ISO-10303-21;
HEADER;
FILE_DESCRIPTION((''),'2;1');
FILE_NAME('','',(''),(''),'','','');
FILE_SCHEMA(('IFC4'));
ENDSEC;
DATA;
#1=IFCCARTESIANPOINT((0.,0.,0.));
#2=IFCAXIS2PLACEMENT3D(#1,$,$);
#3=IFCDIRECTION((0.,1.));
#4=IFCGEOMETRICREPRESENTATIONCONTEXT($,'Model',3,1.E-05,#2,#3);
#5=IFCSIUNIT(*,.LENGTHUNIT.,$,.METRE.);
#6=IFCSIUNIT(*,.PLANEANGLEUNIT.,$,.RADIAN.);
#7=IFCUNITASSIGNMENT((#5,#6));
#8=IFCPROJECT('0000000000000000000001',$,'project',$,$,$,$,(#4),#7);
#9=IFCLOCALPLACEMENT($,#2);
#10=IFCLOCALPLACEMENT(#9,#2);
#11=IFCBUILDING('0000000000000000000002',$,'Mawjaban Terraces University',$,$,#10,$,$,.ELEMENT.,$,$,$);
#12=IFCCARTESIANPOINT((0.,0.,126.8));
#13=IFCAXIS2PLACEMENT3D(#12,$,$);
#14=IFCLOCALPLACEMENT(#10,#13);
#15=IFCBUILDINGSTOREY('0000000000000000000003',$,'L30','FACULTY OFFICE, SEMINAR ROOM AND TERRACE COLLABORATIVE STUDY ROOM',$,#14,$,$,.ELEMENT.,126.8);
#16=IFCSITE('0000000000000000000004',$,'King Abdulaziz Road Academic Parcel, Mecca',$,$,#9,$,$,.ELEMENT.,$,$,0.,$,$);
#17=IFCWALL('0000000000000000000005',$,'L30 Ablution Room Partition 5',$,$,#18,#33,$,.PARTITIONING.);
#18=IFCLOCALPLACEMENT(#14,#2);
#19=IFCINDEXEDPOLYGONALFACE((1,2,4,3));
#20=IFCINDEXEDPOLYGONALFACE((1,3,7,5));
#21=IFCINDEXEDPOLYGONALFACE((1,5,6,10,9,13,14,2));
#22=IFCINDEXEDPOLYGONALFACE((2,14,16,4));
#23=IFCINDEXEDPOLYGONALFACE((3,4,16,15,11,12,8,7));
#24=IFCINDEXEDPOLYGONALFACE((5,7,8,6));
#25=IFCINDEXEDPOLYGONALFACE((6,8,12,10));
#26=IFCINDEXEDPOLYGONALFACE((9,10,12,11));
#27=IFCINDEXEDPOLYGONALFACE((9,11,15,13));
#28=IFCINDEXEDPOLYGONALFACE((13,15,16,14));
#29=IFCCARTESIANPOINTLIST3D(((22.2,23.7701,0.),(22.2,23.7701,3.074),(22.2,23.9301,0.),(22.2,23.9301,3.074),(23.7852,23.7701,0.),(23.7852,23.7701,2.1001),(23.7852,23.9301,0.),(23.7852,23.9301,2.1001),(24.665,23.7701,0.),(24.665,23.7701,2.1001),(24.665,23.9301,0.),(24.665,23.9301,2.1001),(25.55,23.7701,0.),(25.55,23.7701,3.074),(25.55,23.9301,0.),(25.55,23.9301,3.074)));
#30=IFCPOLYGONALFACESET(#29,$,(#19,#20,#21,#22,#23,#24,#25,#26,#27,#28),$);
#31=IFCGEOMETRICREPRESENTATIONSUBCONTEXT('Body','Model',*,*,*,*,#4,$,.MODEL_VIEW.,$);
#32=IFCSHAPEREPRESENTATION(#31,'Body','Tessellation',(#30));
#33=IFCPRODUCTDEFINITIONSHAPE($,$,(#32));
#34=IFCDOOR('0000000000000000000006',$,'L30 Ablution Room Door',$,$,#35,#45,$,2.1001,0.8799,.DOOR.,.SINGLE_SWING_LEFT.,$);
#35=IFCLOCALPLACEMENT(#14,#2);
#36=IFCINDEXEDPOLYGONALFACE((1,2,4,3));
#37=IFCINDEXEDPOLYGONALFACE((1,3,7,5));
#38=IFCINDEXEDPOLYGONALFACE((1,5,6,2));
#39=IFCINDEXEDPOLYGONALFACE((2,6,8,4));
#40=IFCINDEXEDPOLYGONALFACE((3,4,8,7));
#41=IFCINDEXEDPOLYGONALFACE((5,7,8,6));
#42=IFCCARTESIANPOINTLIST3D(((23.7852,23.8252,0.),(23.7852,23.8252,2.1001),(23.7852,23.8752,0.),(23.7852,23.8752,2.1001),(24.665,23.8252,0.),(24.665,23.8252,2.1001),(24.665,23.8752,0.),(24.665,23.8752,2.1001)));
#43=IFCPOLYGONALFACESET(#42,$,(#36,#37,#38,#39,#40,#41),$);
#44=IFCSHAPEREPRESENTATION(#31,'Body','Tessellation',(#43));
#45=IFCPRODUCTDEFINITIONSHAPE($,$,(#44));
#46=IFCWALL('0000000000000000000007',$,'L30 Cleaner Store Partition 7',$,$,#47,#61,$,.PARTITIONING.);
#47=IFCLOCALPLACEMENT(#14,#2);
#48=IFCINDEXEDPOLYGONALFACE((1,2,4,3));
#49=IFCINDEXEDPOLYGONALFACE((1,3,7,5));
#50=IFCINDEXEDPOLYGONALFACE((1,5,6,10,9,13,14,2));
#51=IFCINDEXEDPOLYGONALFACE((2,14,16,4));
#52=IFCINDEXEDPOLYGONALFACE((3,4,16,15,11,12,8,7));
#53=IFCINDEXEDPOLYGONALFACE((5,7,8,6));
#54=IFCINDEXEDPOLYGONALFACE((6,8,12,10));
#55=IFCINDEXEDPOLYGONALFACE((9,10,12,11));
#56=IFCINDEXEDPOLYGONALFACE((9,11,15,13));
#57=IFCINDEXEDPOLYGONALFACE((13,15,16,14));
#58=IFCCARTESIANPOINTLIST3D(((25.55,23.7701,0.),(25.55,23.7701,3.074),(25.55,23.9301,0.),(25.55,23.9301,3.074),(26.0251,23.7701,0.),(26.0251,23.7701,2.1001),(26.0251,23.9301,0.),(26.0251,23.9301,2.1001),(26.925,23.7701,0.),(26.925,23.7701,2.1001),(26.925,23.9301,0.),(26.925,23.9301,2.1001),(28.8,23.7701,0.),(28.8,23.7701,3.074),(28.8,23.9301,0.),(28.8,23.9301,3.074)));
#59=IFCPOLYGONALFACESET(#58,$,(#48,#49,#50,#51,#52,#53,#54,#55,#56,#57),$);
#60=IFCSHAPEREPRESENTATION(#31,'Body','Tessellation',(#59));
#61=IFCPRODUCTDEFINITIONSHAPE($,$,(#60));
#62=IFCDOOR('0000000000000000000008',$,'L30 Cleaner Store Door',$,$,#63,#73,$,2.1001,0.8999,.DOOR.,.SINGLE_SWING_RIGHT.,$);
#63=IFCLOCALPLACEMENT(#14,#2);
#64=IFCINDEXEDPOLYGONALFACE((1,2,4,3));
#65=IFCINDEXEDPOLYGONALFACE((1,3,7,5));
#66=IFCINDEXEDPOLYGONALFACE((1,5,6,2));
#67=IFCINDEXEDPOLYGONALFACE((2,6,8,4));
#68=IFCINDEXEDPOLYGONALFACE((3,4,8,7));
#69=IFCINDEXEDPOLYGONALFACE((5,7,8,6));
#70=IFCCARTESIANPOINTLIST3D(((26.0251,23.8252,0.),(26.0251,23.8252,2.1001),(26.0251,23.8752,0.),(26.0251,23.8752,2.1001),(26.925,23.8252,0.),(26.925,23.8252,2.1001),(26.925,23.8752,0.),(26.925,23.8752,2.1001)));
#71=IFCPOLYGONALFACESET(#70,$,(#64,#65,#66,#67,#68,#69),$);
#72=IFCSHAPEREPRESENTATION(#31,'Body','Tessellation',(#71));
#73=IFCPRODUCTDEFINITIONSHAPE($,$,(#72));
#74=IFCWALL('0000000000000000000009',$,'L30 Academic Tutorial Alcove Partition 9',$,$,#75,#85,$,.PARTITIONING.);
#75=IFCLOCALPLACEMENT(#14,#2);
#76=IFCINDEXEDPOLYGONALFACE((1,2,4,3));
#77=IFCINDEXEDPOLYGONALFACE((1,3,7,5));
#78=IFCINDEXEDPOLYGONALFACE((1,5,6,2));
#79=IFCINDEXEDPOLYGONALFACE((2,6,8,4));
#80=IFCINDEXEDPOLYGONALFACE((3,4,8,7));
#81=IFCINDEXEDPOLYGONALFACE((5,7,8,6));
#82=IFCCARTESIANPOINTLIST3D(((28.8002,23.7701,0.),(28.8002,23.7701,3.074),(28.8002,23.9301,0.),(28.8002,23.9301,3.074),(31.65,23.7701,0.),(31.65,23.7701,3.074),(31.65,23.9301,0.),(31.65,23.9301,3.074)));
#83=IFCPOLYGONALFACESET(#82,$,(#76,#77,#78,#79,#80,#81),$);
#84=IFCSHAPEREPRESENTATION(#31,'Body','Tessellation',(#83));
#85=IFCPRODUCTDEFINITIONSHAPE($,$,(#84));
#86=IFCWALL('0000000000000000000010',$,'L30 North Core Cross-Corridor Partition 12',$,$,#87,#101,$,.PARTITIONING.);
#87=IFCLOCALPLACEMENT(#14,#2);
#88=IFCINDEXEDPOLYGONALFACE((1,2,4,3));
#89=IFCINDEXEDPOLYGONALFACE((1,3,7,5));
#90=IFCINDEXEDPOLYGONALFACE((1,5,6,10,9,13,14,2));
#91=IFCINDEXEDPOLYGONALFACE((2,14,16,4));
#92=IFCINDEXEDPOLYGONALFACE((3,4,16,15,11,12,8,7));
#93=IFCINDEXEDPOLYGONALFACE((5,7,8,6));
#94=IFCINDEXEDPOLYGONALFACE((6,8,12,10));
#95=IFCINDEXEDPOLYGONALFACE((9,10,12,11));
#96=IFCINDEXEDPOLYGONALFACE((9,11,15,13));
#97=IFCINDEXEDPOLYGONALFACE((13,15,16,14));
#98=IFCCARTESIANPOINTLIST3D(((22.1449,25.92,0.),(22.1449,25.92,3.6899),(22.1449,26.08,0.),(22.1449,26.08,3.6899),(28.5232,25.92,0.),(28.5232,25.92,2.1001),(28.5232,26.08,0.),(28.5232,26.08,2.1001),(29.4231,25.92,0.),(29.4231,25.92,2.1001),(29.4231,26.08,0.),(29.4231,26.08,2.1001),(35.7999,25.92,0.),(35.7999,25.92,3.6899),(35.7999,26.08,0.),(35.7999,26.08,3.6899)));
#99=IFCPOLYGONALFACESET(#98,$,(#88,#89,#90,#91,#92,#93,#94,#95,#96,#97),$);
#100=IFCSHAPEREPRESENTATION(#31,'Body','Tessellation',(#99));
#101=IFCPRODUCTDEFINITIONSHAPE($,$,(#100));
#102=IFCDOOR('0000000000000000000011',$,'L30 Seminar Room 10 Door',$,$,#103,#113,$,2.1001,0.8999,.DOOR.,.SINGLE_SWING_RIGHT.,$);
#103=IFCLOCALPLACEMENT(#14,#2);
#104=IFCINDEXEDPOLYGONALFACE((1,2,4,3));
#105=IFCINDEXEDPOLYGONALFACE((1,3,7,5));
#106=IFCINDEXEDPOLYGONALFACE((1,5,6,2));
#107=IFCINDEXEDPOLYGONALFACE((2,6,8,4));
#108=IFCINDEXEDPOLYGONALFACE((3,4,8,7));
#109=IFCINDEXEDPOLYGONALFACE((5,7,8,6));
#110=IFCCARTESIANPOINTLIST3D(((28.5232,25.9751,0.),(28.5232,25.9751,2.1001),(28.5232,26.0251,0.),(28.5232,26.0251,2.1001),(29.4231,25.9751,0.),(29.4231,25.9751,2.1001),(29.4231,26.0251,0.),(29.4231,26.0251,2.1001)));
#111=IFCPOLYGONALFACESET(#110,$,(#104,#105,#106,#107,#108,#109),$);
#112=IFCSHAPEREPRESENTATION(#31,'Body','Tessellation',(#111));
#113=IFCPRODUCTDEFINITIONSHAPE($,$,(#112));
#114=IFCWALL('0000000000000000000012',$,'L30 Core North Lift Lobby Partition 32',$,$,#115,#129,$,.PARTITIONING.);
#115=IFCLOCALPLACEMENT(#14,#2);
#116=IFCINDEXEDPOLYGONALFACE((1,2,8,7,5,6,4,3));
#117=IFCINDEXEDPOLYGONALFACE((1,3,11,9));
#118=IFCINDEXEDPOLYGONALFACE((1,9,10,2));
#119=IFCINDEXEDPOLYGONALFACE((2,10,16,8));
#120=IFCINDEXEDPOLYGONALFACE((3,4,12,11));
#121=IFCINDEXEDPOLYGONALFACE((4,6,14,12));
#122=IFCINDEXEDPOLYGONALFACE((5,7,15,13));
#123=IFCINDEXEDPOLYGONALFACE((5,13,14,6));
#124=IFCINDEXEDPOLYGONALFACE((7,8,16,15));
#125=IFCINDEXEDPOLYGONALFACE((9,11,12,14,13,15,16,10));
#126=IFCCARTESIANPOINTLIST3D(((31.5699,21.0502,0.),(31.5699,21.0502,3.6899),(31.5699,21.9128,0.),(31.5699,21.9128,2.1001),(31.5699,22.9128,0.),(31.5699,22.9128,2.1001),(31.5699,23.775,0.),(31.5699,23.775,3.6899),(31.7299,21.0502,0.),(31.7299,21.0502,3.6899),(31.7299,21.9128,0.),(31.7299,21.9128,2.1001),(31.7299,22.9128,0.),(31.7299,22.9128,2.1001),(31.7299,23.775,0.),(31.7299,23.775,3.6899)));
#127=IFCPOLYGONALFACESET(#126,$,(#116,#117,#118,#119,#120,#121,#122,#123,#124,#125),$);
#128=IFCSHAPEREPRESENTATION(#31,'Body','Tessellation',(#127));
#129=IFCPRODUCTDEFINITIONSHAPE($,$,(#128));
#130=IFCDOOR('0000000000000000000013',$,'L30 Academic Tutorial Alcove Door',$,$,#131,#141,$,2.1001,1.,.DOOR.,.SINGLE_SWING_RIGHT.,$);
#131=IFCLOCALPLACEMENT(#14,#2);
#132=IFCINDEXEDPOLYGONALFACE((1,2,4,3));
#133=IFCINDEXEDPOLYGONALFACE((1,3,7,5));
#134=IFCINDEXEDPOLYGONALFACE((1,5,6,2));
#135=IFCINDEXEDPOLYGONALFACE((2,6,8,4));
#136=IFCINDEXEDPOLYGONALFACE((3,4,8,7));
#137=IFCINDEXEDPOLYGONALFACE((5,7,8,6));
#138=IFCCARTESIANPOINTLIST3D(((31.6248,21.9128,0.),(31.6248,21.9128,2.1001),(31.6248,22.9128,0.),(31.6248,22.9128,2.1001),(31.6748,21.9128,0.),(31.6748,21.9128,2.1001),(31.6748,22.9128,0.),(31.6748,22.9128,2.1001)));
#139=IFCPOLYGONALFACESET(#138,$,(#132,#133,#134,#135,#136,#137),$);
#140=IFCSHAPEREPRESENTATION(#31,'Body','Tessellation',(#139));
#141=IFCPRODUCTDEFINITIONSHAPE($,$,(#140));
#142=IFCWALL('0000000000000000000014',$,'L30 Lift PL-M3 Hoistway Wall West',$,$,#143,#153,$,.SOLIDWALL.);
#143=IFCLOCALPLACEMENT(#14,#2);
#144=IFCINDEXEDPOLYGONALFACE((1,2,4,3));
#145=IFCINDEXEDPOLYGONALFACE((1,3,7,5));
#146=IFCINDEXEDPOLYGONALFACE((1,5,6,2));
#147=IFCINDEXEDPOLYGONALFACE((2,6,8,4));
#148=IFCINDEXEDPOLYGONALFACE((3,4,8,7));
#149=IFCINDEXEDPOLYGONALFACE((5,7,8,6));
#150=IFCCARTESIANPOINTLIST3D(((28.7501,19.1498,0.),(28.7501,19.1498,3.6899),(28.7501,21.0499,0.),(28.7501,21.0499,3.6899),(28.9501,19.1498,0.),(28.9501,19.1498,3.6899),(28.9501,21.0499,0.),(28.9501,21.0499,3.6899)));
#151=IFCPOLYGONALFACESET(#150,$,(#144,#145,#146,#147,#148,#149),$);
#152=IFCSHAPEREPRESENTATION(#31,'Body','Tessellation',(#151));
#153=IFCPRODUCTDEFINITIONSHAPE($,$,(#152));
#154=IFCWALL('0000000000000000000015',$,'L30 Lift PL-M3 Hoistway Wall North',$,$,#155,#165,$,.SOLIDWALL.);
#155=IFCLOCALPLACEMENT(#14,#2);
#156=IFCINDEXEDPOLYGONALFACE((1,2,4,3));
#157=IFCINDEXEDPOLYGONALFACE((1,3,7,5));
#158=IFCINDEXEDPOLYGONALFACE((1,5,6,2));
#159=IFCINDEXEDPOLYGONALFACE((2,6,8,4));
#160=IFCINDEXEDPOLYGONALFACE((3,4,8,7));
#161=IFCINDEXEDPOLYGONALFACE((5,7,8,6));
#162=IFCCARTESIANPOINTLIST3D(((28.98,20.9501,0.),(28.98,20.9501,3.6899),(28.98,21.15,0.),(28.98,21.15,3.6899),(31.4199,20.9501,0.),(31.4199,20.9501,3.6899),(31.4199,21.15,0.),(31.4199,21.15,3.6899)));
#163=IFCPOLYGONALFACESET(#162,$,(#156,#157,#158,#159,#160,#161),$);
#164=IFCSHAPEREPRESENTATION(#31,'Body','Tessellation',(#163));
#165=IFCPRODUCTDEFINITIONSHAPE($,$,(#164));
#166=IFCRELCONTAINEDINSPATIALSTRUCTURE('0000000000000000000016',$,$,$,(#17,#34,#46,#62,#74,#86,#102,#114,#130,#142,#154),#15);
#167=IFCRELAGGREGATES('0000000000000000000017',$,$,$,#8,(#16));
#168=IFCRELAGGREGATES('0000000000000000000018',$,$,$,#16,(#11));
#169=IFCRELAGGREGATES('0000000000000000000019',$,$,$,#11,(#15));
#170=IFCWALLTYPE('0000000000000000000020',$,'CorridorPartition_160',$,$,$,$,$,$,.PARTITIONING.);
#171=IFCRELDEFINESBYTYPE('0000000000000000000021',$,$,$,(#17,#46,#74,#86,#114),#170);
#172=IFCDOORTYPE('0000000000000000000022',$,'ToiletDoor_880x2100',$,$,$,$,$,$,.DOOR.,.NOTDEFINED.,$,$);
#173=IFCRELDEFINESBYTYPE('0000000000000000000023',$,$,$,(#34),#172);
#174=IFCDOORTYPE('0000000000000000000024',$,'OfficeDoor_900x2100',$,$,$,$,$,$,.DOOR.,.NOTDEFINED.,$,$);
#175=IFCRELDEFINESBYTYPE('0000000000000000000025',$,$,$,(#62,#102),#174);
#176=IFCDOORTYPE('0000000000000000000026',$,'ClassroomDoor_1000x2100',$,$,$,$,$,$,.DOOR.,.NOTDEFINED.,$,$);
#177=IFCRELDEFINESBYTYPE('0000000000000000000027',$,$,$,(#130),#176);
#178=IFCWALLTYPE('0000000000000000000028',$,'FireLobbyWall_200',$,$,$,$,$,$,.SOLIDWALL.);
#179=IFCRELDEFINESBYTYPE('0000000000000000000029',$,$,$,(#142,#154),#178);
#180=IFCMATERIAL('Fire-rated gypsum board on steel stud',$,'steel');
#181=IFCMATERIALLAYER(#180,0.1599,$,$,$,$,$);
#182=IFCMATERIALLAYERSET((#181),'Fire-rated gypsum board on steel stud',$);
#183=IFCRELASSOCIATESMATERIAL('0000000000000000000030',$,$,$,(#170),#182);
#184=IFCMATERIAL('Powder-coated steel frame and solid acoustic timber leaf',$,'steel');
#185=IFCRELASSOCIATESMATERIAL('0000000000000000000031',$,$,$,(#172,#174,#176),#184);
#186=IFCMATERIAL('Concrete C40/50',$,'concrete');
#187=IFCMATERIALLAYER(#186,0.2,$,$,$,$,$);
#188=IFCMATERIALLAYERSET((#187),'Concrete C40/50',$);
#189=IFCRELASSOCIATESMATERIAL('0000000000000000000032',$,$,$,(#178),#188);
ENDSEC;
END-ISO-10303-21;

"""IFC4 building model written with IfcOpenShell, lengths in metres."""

from ifc_helpers import new_model, si_unit, direction, frame, frame_2d, origin, place, context, subcontext, project, spatial, rectangle, extrude, material, layer, layer_set, type_object, element, fill, save


model = new_model("IFC4")

# Units and contexts
model_context = context("Model", 3, precision=1e-05, world=origin(), true_north=direction((0.0, 1.0)))
body_context = subcontext(model_context, "Body", "Model", "MODEL_VIEW")
ifc_project = project(units=[si_unit("LENGTHUNIT", "METRE"), si_unit("PLANEANGLEUNIT", "RADIAN")], contexts=[model_context])

# Site, building, storey
site_placement = place(None, origin())
site = spatial("IfcSite", under=ifc_project, at=site_placement, Name="King Abdulaziz Road Academic Parcel, Mecca", CompositionType="ELEMENT", RefElevation=0.0)
building_placement = place(site_placement, origin())
building = spatial("IfcBuilding", under=site, at=building_placement, Name="Mawjaban Terraces University", CompositionType="ELEMENT")
storey_placement = place(building_placement, frame((0.0, 0.0, 126.8)))
storey = spatial("IfcBuildingStorey", under=building, at=storey_placement, Name="L30", Description="FACULTY OFFICE, SEMINAR ROOM AND TERRACE COLLABORATIVE STUDY ROOM", CompositionType="ELEMENT", Elevation=126.8)

# Walls, openings, doors
ifc_material_1 = material(Name="Fire-rated gypsum board on steel stud", Category="steel")
ifc_layer_1 = layer(ifc_material_1, 0.1599)
ifc_layer_set_1 = layer_set([ifc_layer_1], Name="Fire-rated gypsum board on steel stud")
wall_type_1 = type_object("IfcWallType", Name="CorridorPartition_160", PredefinedType="PARTITIONING", material=ifc_layer_set_1)
wall_1_placement = place(storey_placement, frame((25.55, 23.8501, 0.0), z_axis=(0.0, 0.0, 1.0), x_axis=(-1.0, 0.0, 0.0)))
wall_1 = element("IfcWall", 1, at=wall_1_placement, inside=storey, type_object=wall_type_1, Name="L30 Ablution Room Partition 5", PredefinedType="PARTITIONING", context=body_context, shape_type="SweptSolid", body=[
    extrude(rectangle(XDim=3.3501, YDim=0.1599, at=frame_2d((1.675, 0.0))), origin(), (0.0, 0.0, 1.0), 3.074),
])
opening_1_placement = place(wall_1_placement, frame((0.885, 0.0, 0.0)))
opening_1 = element("IfcOpeningElement", 2, at=opening_1_placement, cuts=wall_1, PredefinedType="OPENING", context=body_context, shape_type="SweptSolid", body=[
    extrude(rectangle(XDim=0.8799, YDim=2.1001, at=frame_2d((0.4399, 1.05))), frame((0.0, 0.0898, 0.0), z_axis=(0.0, -1.0, 0.0), x_axis=(1.0, 0.0, 0.0)), (0.0, 0.0, 1.0), 0.1799),
])
ifc_material_2 = material(Name="Powder-coated steel frame and solid acoustic timber leaf", Category="steel")
door_type_1 = type_object("IfcDoorType", Name="ToiletDoor_880x2100", OperationType="NOTDEFINED", PredefinedType="DOOR", material=ifc_material_2)
door_1_placement = place(opening_1_placement, origin())
door_1 = element("IfcDoor", 3, at=door_1_placement, inside=storey, type_object=door_type_1, Name="L30 Ablution Room Door", OperationType="SINGLE_SWING_LEFT", OverallHeight=2.1001, OverallWidth=0.8799, PredefinedType="DOOR", context=body_context, shape_type="SweptSolid", body=[
    extrude(rectangle(XDim=0.8799, YDim=2.1001, at=frame_2d((0.4399, 1.05))), frame((0.0, 0.0249, 0.0), z_axis=(0.0, -1.0, 0.0), x_axis=(1.0, 0.0, 0.0)), (0.0, 0.0, 1.0), 0.05),
])
fill(opening_1, door_1)
wall_2_placement = place(storey_placement, frame((28.8, 23.8501, 0.0), z_axis=(0.0, 0.0, 1.0), x_axis=(-1.0, 0.0, 0.0)))
wall_2 = element("IfcWall", 4, at=wall_2_placement, inside=storey, type_object=wall_type_1, Name="L30 Cleaner Store Partition 7", PredefinedType="PARTITIONING", context=body_context, shape_type="SweptSolid", body=[
    extrude(rectangle(XDim=3.25, YDim=0.1599, at=frame_2d((1.625, 0.0))), origin(), (0.0, 0.0, 1.0), 3.074),
])
opening_2_placement = place(wall_2_placement, frame((1.875, 0.0, 0.0)))
opening_2 = element("IfcOpeningElement", 5, at=opening_2_placement, cuts=wall_2, PredefinedType="OPENING", context=body_context, shape_type="SweptSolid", body=[
    extrude(rectangle(XDim=0.8999, YDim=2.1001, at=frame_2d((0.45, 1.05))), frame((0.0, 0.0898, 0.0), z_axis=(0.0, -1.0, 0.0), x_axis=(1.0, 0.0, 0.0)), (0.0, 0.0, 1.0), 0.1799),
])
door_type_2 = type_object("IfcDoorType", Name="OfficeDoor_900x2100", OperationType="NOTDEFINED", PredefinedType="DOOR", material=ifc_material_2)
door_2_placement = place(opening_2_placement, origin())
door_2 = element("IfcDoor", 6, at=door_2_placement, inside=storey, type_object=door_type_2, Name="L30 Cleaner Store Door", OperationType="SINGLE_SWING_RIGHT", OverallHeight=2.1001, OverallWidth=0.8999, PredefinedType="DOOR", context=body_context, shape_type="SweptSolid", body=[
    extrude(rectangle(XDim=0.8999, YDim=2.1001, at=frame_2d((0.45, 1.05))), frame((0.0, 0.0249, 0.0), z_axis=(0.0, -1.0, 0.0), x_axis=(1.0, 0.0, 0.0)), (0.0, 0.0, 1.0), 0.05),
])
fill(opening_2, door_2)

# Wall
wall_3_placement = place(storey_placement, frame((31.6499, 23.8501, 0.0), z_axis=(0.0, 0.0, 1.0), x_axis=(-1.0, 0.0, 0.0)))
element("IfcWall", 7, at=wall_3_placement, inside=storey, type_object=wall_type_1, Name="L30 Academic Tutorial Alcove Partition 9", PredefinedType="PARTITIONING", context=body_context, shape_type="SweptSolid", body=[
    extrude(rectangle(XDim=2.8499, YDim=0.1599, at=frame_2d((1.4248, 0.0))), origin(), (0.0, 0.0, 1.0), 3.074),
])

# Walls, openings, doors
wall_4_placement = place(storey_placement, frame((35.8, 26.0, 0.0), z_axis=(0.0, 0.0, 1.0), x_axis=(-1.0, 0.0, 0.0)))
wall_4 = element("IfcWall", 8, at=wall_4_placement, inside=storey, type_object=wall_type_1, Name="L30 North Core Cross-Corridor Partition 12", PredefinedType="PARTITIONING", context=body_context, shape_type="SweptSolid", body=[
    extrude(rectangle(XDim=13.655, YDim=0.1599, at=frame_2d((6.8276, 0.0))), origin(), (0.0, 0.0, 1.0), 3.6899),
])
opening_3_placement = place(wall_4_placement, frame((6.377, 0.0, 0.0)))
opening_3 = element("IfcOpeningElement", 9, at=opening_3_placement, cuts=wall_4, PredefinedType="OPENING", context=body_context, shape_type="SweptSolid", body=[
    extrude(rectangle(XDim=0.8999, YDim=2.1001, at=frame_2d((0.45, 1.05))), frame((0.0, 0.0898, 0.0), z_axis=(0.0, -1.0, 0.0), x_axis=(1.0, 0.0, 0.0)), (0.0, 0.0, 1.0), 0.1799),
])
door_3_placement = place(opening_3_placement, origin())
door_3 = element("IfcDoor", 10, at=door_3_placement, inside=storey, type_object=door_type_2, Name="L30 Seminar Room 10 Door", OperationType="SINGLE_SWING_RIGHT", OverallHeight=2.1001, OverallWidth=0.8999, PredefinedType="DOOR", context=body_context, shape_type="SweptSolid", body=[
    extrude(rectangle(XDim=0.8999, YDim=2.1001, at=frame_2d((0.45, 1.05))), frame((0.0, 0.0249, 0.0), z_axis=(0.0, -1.0, 0.0), x_axis=(1.0, 0.0, 0.0)), (0.0, 0.0, 1.0), 0.05),
])
fill(opening_3, door_3)
wall_5_placement = place(storey_placement, frame((31.6499, 23.7749, 0.0), z_axis=(0.0, 0.0, 1.0), x_axis=(0.0, -1.0, 0.0)))
wall_5 = element("IfcWall", 11, at=wall_5_placement, inside=storey, type_object=wall_type_1, Name="L30 Core North Lift Lobby Partition 32", PredefinedType="PARTITIONING", context=body_context, shape_type="SweptSolid", body=[
    extrude(rectangle(XDim=2.7249, YDim=0.1599, at=frame_2d((1.3623, 0.0))), origin(), (0.0, 0.0, 1.0), 3.6899),
])
opening_4_placement = place(wall_5_placement, frame((0.8621, 0.0, 0.0)))
opening_4 = element("IfcOpeningElement", 12, at=opening_4_placement, cuts=wall_5, PredefinedType="OPENING", context=body_context, shape_type="SweptSolid", body=[
    extrude(rectangle(XDim=1.0, YDim=2.1001, at=frame_2d((0.5, 1.05))), frame((0.0, 0.0898, 0.0), z_axis=(0.0, -1.0, 0.0), x_axis=(1.0, 0.0, 0.0)), (0.0, 0.0, 1.0), 0.1799),
])
door_type_3 = type_object("IfcDoorType", Name="ClassroomDoor_1000x2100", OperationType="NOTDEFINED", PredefinedType="DOOR", material=ifc_material_2)
door_4_placement = place(opening_4_placement, origin())
door_4 = element("IfcDoor", 13, at=door_4_placement, inside=storey, type_object=door_type_3, Name="L30 Academic Tutorial Alcove Door", OperationType="SINGLE_SWING_RIGHT", OverallHeight=2.1001, OverallWidth=1.0, PredefinedType="DOOR", context=body_context, shape_type="SweptSolid", body=[
    extrude(rectangle(XDim=1.0, YDim=2.1001, at=frame_2d((0.5, 1.05))), frame((0.0, 0.0249, 0.0), z_axis=(0.0, -1.0, 0.0), x_axis=(1.0, 0.0, 0.0)), (0.0, 0.0, 1.0), 0.05),
])
fill(opening_4, door_4)

# Walls
ifc_material_3 = material(Name="Concrete C40/50", Category="concrete")
ifc_layer_2 = layer(ifc_material_3, 0.2)
ifc_layer_set_2 = layer_set([ifc_layer_2], Name="Concrete C40/50")
wall_type_2 = type_object("IfcWallType", Name="FireLobbyWall_200", PredefinedType="SOLIDWALL", material=ifc_layer_set_2)
wall_6_placement = place(storey_placement, frame((28.8501, 21.05, 0.0), z_axis=(0.0, 0.0, 1.0), x_axis=(0.0, -1.0, 0.0)))
element("IfcWall", 14, at=wall_6_placement, inside=storey, type_object=wall_type_2, Name="L30 Lift PL-M3 Hoistway Wall West", PredefinedType="SOLIDWALL", context=body_context, shape_type="SweptSolid", body=[
    extrude(rectangle(XDim=1.9001, YDim=0.2, at=frame_2d((0.9502, 0.0))), origin(), (0.0, 0.0, 1.0), 3.6899),
])
wall_7_placement = place(storey_placement, frame((31.4199, 21.05, 0.0), z_axis=(0.0, 0.0, 1.0), x_axis=(-1.0, 0.0, 0.0)))
element("IfcWall", 15, at=wall_7_placement, inside=storey, type_object=wall_type_2, Name="L30 Lift PL-M3 Hoistway Wall North", PredefinedType="SOLIDWALL", context=body_context, shape_type="SweptSolid", body=[
    extrude(rectangle(XDim=2.4399, YDim=0.2, at=frame_2d((1.22, 0.0))), origin(), (0.0, 0.0, 1.0), 3.6899),
])

save(model, "model.ifc")
